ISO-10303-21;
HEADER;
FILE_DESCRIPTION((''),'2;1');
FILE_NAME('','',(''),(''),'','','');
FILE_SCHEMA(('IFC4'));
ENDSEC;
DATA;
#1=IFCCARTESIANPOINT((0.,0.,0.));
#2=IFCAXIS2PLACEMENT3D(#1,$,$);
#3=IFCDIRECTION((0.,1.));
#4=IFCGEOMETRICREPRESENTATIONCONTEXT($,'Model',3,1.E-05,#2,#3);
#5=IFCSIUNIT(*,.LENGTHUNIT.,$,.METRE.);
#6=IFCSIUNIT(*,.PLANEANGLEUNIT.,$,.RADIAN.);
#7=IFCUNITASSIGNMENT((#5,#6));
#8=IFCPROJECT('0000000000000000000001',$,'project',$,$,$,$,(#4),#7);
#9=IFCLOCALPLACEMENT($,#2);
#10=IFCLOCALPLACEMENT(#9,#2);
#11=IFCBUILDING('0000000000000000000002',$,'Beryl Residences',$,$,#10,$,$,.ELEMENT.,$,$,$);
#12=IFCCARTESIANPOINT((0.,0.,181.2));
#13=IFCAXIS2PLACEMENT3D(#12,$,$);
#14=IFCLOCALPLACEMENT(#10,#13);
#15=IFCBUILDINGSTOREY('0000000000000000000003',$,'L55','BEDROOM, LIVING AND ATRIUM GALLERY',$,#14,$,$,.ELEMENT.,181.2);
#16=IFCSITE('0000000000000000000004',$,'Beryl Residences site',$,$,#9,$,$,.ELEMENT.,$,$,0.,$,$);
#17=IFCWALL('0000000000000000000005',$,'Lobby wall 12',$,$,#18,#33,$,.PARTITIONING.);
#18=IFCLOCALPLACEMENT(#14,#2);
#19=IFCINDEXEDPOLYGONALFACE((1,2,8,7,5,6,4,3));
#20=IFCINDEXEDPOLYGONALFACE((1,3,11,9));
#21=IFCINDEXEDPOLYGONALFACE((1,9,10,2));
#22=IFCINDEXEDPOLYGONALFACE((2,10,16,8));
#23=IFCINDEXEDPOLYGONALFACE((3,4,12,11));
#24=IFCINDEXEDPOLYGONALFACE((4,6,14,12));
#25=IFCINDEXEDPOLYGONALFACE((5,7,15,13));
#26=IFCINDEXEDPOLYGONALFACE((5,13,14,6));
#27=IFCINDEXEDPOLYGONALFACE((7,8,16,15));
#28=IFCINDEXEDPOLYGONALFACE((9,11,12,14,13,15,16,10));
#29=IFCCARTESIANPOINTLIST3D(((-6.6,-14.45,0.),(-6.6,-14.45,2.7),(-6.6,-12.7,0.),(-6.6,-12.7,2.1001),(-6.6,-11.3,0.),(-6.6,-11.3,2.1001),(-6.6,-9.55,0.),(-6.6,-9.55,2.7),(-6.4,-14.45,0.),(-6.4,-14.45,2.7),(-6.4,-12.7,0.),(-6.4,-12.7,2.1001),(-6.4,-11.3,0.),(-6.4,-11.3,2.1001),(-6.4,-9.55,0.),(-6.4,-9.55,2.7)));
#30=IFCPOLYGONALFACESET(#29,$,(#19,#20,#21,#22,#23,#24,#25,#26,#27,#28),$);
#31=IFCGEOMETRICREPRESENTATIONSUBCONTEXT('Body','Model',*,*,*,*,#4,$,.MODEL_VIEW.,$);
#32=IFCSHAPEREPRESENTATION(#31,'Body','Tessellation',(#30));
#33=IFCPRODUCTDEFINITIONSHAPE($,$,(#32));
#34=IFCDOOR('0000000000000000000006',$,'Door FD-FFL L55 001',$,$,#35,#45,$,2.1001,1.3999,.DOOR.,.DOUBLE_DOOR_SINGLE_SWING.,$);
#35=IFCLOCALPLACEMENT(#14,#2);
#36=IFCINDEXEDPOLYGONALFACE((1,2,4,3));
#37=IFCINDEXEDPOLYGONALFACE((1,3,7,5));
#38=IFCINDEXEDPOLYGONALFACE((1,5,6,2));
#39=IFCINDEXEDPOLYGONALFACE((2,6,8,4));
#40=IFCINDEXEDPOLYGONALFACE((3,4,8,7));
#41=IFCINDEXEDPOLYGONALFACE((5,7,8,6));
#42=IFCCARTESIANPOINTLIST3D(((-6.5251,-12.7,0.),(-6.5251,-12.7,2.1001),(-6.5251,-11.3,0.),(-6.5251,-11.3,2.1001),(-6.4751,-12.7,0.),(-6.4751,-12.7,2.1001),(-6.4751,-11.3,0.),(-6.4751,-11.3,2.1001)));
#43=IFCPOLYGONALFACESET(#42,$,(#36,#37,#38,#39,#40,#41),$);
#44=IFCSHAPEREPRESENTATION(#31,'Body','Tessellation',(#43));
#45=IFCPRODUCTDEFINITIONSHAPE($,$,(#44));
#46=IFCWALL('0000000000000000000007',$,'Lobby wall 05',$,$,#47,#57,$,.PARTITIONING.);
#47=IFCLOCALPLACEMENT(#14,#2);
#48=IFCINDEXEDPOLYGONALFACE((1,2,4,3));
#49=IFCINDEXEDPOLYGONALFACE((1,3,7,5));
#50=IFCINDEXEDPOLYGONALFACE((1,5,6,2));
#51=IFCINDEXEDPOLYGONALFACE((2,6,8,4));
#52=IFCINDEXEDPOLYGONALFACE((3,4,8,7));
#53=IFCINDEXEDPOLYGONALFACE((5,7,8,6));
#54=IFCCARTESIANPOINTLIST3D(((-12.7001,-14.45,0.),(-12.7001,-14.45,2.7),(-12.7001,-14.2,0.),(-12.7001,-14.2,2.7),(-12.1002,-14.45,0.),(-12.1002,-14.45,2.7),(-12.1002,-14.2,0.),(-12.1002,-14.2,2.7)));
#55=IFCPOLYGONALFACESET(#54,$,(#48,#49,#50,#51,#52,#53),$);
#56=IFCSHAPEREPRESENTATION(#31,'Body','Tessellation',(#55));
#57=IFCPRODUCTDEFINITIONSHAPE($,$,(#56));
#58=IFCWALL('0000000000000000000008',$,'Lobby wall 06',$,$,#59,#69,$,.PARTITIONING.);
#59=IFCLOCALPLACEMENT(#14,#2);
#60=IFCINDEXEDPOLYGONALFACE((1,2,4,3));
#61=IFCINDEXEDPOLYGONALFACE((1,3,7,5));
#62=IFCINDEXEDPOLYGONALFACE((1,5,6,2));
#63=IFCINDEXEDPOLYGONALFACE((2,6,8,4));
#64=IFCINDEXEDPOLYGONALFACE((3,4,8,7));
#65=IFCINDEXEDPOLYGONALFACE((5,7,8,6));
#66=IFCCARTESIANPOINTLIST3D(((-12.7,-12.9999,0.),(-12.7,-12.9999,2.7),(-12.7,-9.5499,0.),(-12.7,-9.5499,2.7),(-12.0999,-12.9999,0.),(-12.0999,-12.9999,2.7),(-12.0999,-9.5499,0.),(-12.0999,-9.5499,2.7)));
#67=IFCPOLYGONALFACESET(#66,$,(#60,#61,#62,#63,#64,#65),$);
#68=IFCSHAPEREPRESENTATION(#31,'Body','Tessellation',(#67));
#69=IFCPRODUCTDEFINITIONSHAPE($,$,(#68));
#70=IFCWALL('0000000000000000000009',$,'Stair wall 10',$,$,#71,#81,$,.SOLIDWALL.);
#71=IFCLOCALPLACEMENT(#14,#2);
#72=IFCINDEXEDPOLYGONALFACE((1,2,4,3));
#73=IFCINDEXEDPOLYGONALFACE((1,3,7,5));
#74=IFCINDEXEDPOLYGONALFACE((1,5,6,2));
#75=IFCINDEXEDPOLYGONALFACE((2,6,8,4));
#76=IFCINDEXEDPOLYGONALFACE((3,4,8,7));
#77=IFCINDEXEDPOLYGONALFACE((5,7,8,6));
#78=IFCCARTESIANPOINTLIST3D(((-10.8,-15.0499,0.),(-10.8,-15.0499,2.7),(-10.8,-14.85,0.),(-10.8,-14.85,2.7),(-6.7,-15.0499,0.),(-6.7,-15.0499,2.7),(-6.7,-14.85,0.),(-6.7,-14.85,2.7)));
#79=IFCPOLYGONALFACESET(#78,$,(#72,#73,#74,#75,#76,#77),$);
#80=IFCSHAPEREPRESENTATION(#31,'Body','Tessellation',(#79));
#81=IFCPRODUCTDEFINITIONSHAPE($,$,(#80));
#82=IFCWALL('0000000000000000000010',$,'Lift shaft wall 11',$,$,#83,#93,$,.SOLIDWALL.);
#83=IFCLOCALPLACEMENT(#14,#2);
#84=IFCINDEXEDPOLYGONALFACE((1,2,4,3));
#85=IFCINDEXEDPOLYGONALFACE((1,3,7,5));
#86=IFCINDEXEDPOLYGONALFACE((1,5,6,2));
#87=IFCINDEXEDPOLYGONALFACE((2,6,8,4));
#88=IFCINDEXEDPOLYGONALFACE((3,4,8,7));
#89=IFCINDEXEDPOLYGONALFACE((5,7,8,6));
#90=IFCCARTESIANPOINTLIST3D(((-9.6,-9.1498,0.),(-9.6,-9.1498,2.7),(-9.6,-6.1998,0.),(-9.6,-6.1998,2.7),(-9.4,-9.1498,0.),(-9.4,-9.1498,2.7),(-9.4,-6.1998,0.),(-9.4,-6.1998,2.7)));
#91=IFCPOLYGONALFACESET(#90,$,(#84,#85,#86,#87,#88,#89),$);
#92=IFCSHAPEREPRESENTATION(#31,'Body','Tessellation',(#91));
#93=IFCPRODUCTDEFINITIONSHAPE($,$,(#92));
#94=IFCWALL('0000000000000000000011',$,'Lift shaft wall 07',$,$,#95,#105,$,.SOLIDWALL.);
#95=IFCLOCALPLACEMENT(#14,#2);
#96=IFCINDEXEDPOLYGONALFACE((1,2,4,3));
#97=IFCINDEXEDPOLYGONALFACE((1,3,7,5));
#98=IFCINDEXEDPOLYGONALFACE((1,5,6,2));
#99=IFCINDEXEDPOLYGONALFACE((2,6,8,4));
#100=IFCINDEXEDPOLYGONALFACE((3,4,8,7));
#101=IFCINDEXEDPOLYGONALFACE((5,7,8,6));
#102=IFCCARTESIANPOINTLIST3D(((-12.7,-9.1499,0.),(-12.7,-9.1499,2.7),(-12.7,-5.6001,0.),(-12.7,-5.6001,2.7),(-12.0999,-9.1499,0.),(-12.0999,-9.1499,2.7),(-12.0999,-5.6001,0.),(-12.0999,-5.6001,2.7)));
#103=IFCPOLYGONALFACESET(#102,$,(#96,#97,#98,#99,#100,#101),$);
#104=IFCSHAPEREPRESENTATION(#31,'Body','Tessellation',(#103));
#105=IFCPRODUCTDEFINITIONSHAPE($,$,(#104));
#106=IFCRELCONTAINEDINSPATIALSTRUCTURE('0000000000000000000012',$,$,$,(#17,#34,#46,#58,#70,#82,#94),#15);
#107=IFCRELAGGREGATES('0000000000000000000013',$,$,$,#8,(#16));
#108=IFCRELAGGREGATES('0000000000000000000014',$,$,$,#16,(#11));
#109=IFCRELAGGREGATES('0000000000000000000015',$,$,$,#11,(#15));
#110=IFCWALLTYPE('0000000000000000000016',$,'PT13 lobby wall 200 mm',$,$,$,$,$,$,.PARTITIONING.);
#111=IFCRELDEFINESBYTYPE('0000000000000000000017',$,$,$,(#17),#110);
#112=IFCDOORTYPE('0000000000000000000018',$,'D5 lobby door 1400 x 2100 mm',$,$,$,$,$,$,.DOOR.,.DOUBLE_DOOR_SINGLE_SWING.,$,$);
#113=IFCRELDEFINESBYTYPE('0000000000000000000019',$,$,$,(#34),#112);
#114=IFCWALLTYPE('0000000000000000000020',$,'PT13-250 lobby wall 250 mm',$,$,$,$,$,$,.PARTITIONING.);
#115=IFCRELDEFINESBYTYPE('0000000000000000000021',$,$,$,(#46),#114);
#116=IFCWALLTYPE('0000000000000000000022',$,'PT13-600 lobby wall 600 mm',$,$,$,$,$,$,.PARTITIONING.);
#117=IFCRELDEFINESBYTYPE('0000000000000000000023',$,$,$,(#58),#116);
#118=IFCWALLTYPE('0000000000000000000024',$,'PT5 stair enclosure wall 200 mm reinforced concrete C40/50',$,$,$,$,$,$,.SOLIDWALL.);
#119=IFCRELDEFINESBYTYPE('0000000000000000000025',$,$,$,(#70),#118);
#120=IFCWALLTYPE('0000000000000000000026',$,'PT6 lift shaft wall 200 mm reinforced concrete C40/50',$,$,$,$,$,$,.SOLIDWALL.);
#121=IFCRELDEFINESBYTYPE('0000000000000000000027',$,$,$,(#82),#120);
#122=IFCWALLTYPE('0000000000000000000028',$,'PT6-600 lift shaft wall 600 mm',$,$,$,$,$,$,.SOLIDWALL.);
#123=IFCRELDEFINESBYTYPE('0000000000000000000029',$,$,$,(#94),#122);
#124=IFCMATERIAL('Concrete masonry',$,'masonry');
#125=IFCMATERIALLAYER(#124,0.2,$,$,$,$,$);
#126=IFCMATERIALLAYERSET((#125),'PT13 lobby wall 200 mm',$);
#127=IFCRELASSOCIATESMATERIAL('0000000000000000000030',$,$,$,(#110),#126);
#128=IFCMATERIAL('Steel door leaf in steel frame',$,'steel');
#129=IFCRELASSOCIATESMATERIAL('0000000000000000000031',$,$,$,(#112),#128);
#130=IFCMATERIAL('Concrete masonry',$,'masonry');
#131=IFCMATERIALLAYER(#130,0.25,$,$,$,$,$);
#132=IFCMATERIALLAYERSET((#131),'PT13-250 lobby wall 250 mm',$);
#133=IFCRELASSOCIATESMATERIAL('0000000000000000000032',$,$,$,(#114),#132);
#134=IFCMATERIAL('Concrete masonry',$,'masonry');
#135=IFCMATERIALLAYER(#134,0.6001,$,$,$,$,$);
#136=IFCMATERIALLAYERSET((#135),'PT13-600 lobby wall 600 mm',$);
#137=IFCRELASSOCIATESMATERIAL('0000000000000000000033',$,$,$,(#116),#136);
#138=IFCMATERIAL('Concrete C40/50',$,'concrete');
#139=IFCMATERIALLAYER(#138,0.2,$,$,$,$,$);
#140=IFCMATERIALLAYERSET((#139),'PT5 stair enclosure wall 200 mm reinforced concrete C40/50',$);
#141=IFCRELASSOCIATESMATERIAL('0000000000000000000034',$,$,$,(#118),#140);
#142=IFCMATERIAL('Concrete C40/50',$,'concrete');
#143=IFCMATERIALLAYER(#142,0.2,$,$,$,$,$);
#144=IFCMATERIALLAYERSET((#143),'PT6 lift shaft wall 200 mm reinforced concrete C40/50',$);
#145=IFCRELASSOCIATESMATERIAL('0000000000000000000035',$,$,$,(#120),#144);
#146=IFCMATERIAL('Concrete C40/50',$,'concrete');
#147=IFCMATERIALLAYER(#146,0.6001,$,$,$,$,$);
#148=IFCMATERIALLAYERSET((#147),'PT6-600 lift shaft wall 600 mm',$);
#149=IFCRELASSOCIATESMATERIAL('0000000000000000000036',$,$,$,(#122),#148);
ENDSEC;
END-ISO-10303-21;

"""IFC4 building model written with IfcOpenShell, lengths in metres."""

from ifc_helpers import new_model, si_unit, direction, frame, frame_2d, origin, place, context, subcontext, project, spatial, rectangle, extrude, material, layer, layer_set, type_object, element, fill, save


model = new_model("IFC4")

# Units and contexts
model_context = context("Model", 3, precision=1e-05, world=origin(), true_north=direction((0.0, 1.0)))
body_context = subcontext(model_context, "Body", "Model", "MODEL_VIEW")
ifc_project = project(units=[si_unit("LENGTHUNIT", "METRE"), si_unit("PLANEANGLEUNIT", "RADIAN")], contexts=[model_context])

# Site, building, storey
site_placement = place(None, origin())
site = spatial("IfcSite", under=ifc_project, at=site_placement, Name="Beryl Residences site", CompositionType="ELEMENT", RefElevation=0.0)
building_placement = place(site_placement, origin())
building = spatial("IfcBuilding", under=site, at=building_placement, Name="Beryl Residences", CompositionType="ELEMENT")
storey_placement = place(building_placement, frame((0.0, 0.0, 181.2)))
storey = spatial("IfcBuildingStorey", under=building, at=storey_placement, Name="L55", Description="BEDROOM, LIVING AND ATRIUM GALLERY", CompositionType="ELEMENT", Elevation=181.2)

# Wall, opening, door
ifc_material_1 = material(Name="Concrete masonry", Category="masonry")
ifc_layer_1 = layer(ifc_material_1, 0.2)
ifc_layer_set_1 = layer_set([ifc_layer_1], Name="PT13 lobby wall 200 mm")
wall_type_1 = type_object("IfcWallType", Name="PT13 lobby wall 200 mm", PredefinedType="PARTITIONING", material=ifc_layer_set_1)
wall_1_placement = place(storey_placement, frame((-6.5, -14.45, 0.0), z_axis=(0.0, 0.0, 1.0), x_axis=(0.0, 1.0, 0.0)))
wall_1 = element("IfcWall", 1, at=wall_1_placement, inside=storey, type_object=wall_type_1, Name="Lobby wall 12", PredefinedType="PARTITIONING", context=body_context, shape_type="SweptSolid", body=[
    extrude(rectangle(XDim=4.8999, YDim=0.2, at=frame_2d((2.45, 0.0))), origin(), (0.0, 0.0, 1.0), 2.7),
])
opening_1_placement = place(wall_1_placement, frame((3.1499, 0.0, 0.0), z_axis=(0.0, 0.0, 1.0), x_axis=(-1.0, 0.0, 0.0)))
opening_1 = element("IfcOpeningElement", 2, at=opening_1_placement, cuts=wall_1, PredefinedType="OPENING", context=body_context, shape_type="SweptSolid", body=[
    extrude(rectangle(XDim=1.3999, YDim=2.1001, at=frame_2d((0.7, 1.05))), frame((0.0, 0.1099, 0.0), z_axis=(0.0, -1.0, 0.0), x_axis=(1.0, 0.0, 0.0)), (0.0, 0.0, 1.0), 0.22),
])
ifc_material_2 = material(Name="Steel door leaf in steel frame", Category="steel")
door_type_1 = type_object("IfcDoorType", Name="D5 lobby door 1400 x 2100 mm", OperationType="DOUBLE_DOOR_SINGLE_SWING", PredefinedType="DOOR", material=ifc_material_2)
door_1_placement = place(opening_1_placement, origin())
door_1 = element("IfcDoor", 3, at=door_1_placement, inside=storey, type_object=door_type_1, Name="Door FD-FFL L55 001", OperationType="DOUBLE_DOOR_SINGLE_SWING", OverallHeight=2.1001, OverallWidth=1.3999, PredefinedType="DOOR", context=body_context, shape_type="SweptSolid", body=[
    extrude(rectangle(XDim=1.3999, YDim=2.1001, at=frame_2d((0.7, 1.05))), frame((0.0, 0.0249, 0.0), z_axis=(0.0, -1.0, 0.0), x_axis=(1.0, 0.0, 0.0)), (0.0, 0.0, 1.0), 0.05),
])
fill(opening_1, door_1)

# Walls
ifc_material_3 = material(Name="Concrete masonry", Category="masonry")
ifc_layer_2 = layer(ifc_material_3, 0.25)
ifc_layer_set_2 = layer_set([ifc_layer_2], Name="PT13-250 lobby wall 250 mm")
wall_type_2 = type_object("IfcWallType", Name="PT13-250 lobby wall 250 mm", PredefinedType="PARTITIONING", material=ifc_layer_set_2)
wall_2_placement = place(storey_placement, frame((-12.7, -14.325, 0.0), z_axis=(0.0, 0.0, 1.0), x_axis=(1.0, 0.0, 0.0)))
element("IfcWall", 4, at=wall_2_placement, inside=storey, type_object=wall_type_2, Name="Lobby wall 05", PredefinedType="PARTITIONING", context=body_context, shape_type="SweptSolid", body=[
    extrude(rectangle(XDim=0.5999, YDim=0.25, at=frame_2d((0.2998, 0.0))), origin(), (0.0, 0.0, 1.0), 2.7),
])
ifc_material_4 = material(Name="Concrete masonry", Category="masonry")
ifc_layer_3 = layer(ifc_material_4, 0.6001)
ifc_layer_set_3 = layer_set([ifc_layer_3], Name="PT13-600 lobby wall 600 mm")
wall_type_3 = type_object("IfcWallType", Name="PT13-600 lobby wall 600 mm", PredefinedType="PARTITIONING", material=ifc_layer_set_3)
wall_3_placement = place(storey_placement, frame((-12.3999, -13.0, 0.0), z_axis=(0.0, 0.0, 1.0), x_axis=(0.0, 1.0, 0.0)))
element("IfcWall", 5, at=wall_3_placement, inside=storey, type_object=wall_type_3, Name="Lobby wall 06", PredefinedType="PARTITIONING", context=body_context, shape_type="SweptSolid", body=[
    extrude(rectangle(XDim=3.45, YDim=0.6001, at=frame_2d((1.7251, 0.0))), origin(), (0.0, 0.0, 1.0), 2.7),
])
ifc_material_5 = material(Name="Concrete C40/50", Category="concrete")
ifc_layer_4 = layer(ifc_material_5, 0.2)
ifc_layer_set_4 = layer_set([ifc_layer_4], Name="PT5 stair enclosure wall 200 mm reinforced concrete C40/50")
wall_type_4 = type_object("IfcWallType", Name="PT5 stair enclosure wall 200 mm reinforced concrete C40/50", PredefinedType="SOLIDWALL", material=ifc_layer_set_4)
wall_4_placement = place(storey_placement, frame((-10.8, -14.95, 0.0), z_axis=(0.0, 0.0, 1.0), x_axis=(1.0, 0.0, 0.0)))
element("IfcWall", 6, at=wall_4_placement, inside=storey, type_object=wall_type_4, Name="Stair wall 10", PredefinedType="SOLIDWALL", context=body_context, shape_type="SweptSolid", body=[
    extrude(rectangle(XDim=4.1001, YDim=0.2, at=frame_2d((2.05, 0.0))), origin(), (0.0, 0.0, 1.0), 2.7),
])
ifc_material_6 = material(Name="Concrete C40/50", Category="concrete")
ifc_layer_5 = layer(ifc_material_6, 0.2)
ifc_layer_set_5 = layer_set([ifc_layer_5], Name="PT6 lift shaft wall 200 mm reinforced concrete C40/50")
wall_type_5 = type_object("IfcWallType", Name="PT6 lift shaft wall 200 mm reinforced concrete C40/50", PredefinedType="SOLIDWALL", material=ifc_layer_set_5)
wall_5_placement = place(storey_placement, frame((-9.5, -9.1499, 0.0), z_axis=(0.0, 0.0, 1.0), x_axis=(0.0, 1.0, 0.0)))
element("IfcWall", 7, at=wall_5_placement, inside=storey, type_object=wall_type_5, Name="Lift shaft wall 11", PredefinedType="SOLIDWALL", context=body_context, shape_type="SweptSolid", body=[
    extrude(rectangle(XDim=2.95, YDim=0.2, at=frame_2d((1.4751, 0.0))), origin(), (0.0, 0.0, 1.0), 2.7),
])
ifc_material_7 = material(Name="Concrete C40/50", Category="concrete")
ifc_layer_6 = layer(ifc_material_7, 0.6001)
ifc_layer_set_6 = layer_set([ifc_layer_6], Name="PT6-600 lift shaft wall 600 mm")
wall_type_6 = type_object("IfcWallType", Name="PT6-600 lift shaft wall 600 mm", PredefinedType="SOLIDWALL", material=ifc_layer_set_6)
wall_6_placement = place(storey_placement, frame((-12.3999, -9.1499, 0.0), z_axis=(0.0, 0.0, 1.0), x_axis=(0.0, 1.0, 0.0)))
element("IfcWall", 8, at=wall_6_placement, inside=storey, type_object=wall_type_6, Name="Lift shaft wall 07", PredefinedType="SOLIDWALL", context=body_context, shape_type="SweptSolid", body=[
    extrude(rectangle(XDim=3.5498, YDim=0.6001, at=frame_2d((1.7749, 0.0))), origin(), (0.0, 0.0, 1.0), 2.7),
])

save(model, "model.ifc")
